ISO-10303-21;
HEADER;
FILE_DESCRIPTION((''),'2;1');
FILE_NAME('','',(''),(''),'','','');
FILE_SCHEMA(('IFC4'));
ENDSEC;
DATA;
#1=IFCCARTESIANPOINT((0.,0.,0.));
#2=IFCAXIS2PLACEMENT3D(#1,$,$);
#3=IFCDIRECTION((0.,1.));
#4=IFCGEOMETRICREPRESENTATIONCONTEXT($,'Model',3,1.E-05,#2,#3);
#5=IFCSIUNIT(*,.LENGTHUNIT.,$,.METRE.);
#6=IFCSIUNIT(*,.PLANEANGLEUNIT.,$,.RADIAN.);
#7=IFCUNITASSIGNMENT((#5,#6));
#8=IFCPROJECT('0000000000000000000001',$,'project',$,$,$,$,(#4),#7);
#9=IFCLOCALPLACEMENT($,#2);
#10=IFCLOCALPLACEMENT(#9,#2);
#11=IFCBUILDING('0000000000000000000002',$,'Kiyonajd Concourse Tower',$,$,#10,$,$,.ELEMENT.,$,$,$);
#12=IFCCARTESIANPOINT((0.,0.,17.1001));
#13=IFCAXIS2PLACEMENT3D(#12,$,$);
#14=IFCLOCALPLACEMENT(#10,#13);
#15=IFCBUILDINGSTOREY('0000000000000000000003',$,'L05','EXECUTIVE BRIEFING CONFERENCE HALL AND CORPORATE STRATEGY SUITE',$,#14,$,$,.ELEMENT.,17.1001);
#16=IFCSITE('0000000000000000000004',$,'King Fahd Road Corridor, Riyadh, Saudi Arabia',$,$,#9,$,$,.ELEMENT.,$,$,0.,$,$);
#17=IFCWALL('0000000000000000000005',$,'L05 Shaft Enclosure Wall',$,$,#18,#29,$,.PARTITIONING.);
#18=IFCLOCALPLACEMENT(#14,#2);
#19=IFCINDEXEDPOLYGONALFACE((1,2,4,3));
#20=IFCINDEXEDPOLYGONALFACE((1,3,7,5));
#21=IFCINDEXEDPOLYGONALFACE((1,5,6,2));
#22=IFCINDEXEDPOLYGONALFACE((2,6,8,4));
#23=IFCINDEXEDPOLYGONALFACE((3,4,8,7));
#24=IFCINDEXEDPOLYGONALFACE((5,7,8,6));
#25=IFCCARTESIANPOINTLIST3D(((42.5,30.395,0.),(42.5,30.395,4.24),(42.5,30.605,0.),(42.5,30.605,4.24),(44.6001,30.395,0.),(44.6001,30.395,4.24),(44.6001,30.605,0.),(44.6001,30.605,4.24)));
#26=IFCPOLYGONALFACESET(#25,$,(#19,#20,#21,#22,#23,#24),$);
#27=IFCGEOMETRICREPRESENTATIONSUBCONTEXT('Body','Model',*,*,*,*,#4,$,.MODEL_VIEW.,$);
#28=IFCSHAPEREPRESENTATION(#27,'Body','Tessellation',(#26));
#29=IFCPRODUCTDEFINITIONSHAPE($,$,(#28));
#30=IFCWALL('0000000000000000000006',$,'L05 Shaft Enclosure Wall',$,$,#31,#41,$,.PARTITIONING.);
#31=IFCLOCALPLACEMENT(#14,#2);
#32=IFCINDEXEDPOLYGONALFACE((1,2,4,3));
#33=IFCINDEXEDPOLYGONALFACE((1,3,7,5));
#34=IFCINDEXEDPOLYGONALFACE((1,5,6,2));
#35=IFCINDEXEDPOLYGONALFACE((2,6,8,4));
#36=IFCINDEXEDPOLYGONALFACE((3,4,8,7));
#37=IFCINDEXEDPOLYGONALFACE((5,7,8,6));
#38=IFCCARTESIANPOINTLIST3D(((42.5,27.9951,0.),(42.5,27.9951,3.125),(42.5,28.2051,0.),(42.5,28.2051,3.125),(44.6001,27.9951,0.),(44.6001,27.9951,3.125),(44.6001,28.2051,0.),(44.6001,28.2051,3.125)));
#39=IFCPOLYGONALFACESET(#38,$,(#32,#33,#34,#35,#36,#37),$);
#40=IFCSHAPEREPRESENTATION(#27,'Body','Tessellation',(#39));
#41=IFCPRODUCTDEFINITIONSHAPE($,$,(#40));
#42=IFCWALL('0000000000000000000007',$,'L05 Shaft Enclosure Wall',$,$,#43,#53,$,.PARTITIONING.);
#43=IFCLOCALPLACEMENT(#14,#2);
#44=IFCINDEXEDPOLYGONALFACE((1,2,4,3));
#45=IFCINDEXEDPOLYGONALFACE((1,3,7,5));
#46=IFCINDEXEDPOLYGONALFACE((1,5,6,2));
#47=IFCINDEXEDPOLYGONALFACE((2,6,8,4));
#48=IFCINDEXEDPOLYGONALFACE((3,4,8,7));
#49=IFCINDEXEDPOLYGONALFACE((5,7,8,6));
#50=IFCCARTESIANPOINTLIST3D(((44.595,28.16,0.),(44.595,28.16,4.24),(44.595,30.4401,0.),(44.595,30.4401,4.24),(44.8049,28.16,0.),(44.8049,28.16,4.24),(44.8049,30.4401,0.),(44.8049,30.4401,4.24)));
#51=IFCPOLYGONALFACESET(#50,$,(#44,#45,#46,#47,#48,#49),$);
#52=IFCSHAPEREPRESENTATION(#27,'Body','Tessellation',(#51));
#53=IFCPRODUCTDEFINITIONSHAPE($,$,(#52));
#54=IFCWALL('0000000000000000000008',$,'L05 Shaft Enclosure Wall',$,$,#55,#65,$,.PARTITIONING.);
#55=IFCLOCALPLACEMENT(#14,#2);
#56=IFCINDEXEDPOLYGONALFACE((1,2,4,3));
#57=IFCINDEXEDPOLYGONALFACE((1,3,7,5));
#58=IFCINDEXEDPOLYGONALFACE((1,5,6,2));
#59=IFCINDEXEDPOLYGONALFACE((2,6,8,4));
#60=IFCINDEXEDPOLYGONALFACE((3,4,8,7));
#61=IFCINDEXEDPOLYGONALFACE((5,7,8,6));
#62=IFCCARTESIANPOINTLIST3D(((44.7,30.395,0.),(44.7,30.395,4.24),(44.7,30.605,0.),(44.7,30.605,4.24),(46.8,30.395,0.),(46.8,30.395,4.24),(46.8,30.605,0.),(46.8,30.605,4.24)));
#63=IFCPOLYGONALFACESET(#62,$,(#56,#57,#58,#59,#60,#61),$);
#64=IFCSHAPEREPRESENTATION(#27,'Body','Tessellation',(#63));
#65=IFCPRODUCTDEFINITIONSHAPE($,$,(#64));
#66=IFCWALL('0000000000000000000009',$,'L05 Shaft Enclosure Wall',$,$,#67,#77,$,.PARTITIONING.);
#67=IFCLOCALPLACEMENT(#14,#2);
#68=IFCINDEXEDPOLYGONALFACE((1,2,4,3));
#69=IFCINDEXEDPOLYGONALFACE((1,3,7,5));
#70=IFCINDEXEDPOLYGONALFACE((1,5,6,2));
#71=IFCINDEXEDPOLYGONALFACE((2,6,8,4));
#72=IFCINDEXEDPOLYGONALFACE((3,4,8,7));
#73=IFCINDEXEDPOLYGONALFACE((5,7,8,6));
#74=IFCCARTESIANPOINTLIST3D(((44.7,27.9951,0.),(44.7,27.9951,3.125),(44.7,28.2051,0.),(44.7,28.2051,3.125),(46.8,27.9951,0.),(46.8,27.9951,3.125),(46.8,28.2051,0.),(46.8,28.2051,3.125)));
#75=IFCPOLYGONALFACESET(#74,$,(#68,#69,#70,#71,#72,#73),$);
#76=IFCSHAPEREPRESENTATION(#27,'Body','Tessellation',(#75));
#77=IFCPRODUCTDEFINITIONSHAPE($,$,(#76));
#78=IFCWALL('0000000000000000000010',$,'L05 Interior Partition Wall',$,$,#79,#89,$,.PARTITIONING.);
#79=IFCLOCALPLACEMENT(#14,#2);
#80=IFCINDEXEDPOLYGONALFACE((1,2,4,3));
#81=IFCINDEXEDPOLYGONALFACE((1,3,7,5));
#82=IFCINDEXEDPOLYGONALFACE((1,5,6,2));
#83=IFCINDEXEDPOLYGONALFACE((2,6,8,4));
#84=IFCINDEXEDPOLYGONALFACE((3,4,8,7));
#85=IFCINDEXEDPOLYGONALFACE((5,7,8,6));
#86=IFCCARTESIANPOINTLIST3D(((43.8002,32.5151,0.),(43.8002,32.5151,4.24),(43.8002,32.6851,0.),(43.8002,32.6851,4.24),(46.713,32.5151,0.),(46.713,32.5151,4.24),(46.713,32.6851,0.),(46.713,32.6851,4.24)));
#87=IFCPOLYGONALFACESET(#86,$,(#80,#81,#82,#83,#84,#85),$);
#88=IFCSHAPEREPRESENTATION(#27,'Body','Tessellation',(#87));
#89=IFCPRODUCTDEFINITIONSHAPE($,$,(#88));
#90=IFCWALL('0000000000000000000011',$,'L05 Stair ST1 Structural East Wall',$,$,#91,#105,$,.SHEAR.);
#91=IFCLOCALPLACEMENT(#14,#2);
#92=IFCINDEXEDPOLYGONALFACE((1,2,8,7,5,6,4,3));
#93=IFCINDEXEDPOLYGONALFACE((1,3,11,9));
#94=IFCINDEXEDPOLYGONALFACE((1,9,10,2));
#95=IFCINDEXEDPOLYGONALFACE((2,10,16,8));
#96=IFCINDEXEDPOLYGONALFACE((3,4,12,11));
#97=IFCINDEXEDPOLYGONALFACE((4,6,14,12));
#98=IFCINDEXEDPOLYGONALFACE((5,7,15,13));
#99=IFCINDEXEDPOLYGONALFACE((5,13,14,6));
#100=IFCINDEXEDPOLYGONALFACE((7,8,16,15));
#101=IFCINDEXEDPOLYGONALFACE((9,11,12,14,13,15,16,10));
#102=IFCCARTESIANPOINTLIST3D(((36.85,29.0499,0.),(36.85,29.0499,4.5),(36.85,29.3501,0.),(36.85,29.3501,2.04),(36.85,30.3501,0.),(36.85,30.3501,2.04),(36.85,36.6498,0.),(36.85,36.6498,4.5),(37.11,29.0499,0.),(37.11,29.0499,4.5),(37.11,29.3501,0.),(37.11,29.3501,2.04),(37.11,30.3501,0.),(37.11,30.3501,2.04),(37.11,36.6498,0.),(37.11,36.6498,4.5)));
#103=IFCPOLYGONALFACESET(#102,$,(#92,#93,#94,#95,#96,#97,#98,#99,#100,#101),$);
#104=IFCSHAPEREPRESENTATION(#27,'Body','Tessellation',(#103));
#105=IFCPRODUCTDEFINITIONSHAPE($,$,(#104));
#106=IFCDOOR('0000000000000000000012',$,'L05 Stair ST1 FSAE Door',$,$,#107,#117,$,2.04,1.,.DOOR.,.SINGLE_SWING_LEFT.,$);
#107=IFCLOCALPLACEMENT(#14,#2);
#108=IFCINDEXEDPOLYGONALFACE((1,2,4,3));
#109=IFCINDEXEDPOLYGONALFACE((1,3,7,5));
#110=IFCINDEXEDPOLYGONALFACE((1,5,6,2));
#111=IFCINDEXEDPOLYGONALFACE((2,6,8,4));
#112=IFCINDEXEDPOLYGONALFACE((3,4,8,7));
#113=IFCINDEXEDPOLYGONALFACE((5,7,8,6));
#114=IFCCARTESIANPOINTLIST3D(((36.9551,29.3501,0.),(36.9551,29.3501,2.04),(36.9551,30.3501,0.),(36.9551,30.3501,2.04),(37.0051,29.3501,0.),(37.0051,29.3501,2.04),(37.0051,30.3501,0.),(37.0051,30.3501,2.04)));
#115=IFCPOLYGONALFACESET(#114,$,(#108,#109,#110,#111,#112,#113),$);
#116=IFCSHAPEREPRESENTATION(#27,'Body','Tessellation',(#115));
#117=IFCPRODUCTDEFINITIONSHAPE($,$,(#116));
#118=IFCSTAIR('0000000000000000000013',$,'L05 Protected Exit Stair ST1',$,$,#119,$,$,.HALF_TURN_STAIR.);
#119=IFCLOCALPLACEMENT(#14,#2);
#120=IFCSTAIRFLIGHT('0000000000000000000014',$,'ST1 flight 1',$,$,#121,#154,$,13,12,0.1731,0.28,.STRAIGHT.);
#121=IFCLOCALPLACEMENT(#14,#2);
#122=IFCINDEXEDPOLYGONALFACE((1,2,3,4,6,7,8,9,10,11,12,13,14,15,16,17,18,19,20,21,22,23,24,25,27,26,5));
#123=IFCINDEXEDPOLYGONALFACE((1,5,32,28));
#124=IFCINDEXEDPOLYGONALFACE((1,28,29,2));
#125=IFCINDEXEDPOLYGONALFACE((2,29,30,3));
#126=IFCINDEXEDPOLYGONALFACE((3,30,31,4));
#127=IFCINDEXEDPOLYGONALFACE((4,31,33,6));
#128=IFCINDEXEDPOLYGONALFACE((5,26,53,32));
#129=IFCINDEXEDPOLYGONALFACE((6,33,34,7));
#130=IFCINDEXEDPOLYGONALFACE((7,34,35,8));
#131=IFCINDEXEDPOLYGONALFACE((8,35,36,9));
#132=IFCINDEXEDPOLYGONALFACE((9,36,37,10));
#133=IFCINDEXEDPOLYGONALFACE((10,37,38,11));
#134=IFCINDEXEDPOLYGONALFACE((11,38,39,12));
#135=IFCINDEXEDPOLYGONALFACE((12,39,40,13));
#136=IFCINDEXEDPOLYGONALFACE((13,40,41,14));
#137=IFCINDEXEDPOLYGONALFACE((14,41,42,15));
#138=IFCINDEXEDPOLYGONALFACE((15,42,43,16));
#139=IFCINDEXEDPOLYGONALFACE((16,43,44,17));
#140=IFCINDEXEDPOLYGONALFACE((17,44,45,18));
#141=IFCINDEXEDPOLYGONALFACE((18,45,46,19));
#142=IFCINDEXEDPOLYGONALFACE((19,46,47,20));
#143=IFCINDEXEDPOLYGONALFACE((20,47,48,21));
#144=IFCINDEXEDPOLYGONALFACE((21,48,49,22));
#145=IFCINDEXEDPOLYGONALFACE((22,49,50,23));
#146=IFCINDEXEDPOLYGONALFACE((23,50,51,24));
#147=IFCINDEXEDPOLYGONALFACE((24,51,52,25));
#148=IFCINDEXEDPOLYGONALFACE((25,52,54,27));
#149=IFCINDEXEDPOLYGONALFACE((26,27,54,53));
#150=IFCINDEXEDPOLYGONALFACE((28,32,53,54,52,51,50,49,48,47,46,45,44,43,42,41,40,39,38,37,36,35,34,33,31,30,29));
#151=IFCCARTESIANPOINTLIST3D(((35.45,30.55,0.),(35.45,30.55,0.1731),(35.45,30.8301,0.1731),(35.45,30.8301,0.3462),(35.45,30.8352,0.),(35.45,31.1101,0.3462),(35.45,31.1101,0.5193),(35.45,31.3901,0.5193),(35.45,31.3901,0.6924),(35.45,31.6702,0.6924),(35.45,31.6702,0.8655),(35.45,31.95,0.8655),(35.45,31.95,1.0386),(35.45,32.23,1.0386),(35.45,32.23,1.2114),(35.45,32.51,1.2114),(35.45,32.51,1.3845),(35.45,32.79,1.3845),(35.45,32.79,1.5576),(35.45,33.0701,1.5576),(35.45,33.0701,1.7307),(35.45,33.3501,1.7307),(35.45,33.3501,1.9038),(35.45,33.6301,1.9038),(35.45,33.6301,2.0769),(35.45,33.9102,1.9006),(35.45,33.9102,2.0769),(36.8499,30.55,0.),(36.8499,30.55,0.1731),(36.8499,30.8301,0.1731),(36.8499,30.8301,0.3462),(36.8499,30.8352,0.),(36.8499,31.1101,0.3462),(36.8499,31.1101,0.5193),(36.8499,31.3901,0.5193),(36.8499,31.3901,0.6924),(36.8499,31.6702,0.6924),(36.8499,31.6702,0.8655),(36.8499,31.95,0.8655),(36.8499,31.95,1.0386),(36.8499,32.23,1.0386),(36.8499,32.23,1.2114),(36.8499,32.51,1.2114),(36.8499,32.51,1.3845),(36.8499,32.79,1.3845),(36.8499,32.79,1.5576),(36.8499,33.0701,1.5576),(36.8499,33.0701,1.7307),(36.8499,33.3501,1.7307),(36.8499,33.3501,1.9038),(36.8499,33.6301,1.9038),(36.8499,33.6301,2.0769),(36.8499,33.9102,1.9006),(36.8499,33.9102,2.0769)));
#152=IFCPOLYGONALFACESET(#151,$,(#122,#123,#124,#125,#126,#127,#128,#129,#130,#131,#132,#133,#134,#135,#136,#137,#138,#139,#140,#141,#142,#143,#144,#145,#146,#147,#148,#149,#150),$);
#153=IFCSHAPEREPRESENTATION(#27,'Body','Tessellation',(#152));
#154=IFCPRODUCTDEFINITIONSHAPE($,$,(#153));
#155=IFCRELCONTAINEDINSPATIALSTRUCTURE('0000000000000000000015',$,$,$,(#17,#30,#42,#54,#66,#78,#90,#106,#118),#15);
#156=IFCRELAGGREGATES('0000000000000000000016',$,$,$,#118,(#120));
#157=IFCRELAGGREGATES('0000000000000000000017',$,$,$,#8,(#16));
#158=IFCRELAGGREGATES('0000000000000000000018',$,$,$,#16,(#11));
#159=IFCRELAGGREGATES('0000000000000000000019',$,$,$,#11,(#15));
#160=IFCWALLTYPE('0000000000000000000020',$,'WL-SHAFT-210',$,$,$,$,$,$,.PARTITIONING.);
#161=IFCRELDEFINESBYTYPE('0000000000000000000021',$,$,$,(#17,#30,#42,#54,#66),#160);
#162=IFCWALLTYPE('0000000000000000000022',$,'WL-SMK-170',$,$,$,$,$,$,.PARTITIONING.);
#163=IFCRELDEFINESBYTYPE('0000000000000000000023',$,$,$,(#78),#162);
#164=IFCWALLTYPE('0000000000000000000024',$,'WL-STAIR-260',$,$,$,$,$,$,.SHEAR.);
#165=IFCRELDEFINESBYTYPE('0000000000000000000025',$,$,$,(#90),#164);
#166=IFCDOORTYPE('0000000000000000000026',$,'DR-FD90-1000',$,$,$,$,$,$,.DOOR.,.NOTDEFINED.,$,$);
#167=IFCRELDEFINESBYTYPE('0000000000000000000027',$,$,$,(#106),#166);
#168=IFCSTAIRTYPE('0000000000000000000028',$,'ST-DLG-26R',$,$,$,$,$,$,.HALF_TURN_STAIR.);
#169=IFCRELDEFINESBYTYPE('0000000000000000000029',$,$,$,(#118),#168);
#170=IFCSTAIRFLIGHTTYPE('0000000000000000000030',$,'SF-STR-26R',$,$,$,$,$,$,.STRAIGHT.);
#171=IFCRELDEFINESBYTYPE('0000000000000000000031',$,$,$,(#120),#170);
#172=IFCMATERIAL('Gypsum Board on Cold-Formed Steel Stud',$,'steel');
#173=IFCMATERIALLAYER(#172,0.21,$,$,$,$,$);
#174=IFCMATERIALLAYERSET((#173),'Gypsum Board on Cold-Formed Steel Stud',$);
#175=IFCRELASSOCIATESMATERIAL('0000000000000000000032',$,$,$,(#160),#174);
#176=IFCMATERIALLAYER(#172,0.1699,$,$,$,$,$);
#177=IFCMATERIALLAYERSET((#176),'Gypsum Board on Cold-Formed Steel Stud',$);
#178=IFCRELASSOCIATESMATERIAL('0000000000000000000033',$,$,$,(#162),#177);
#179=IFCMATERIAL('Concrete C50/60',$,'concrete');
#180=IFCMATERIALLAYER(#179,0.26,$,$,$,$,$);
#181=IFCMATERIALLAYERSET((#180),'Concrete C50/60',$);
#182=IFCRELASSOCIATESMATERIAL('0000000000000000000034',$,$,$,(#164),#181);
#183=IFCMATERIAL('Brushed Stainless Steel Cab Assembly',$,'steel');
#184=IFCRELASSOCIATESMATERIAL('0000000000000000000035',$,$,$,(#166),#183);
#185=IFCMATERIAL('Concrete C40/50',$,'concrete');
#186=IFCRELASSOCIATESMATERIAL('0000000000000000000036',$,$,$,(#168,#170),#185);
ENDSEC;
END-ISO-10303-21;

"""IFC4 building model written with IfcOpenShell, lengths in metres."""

from ifc_helpers import new_model, si_unit, direction, frame, frame_2d, origin, place, context, subcontext, project, spatial, polyline, rectangle, outline, extrude, material, layer, layer_set, type_object, element, fill, aggregate, save


model = new_model("IFC4")

# Units and contexts
model_context = context("Model", 3, precision=1e-05, world=origin(), true_north=direction((0.0, 1.0)))
body_context = subcontext(model_context, "Body", "Model", "MODEL_VIEW")
ifc_project = project(units=[si_unit("LENGTHUNIT", "METRE"), si_unit("PLANEANGLEUNIT", "RADIAN")], contexts=[model_context])

# Site, building, storey
site_placement = place(None, origin())
site = spatial("IfcSite", under=ifc_project, at=site_placement, Name="King Fahd Road Corridor, Riyadh, Saudi Arabia", CompositionType="ELEMENT", RefElevation=0.0)
building_placement = place(site_placement, origin())
building = spatial("IfcBuilding", under=site, at=building_placement, Name="Kiyonajd Concourse Tower", CompositionType="ELEMENT")
storey_placement = place(building_placement, frame((0.0, 0.0, 17.1001)))
storey = spatial("IfcBuildingStorey", under=building, at=storey_placement, Name="L05", Description="EXECUTIVE BRIEFING CONFERENCE HALL AND CORPORATE STRATEGY SUITE", CompositionType="ELEMENT", Elevation=17.1001)

# Shared definitions
ifc_material_1 = material(Name="Gypsum Board on Cold-Formed Steel Stud", Category="steel")
ifc_layer_1 = layer(ifc_material_1, 0.21)
ifc_layer_set_1 = layer_set([ifc_layer_1], Name="Gypsum Board on Cold-Formed Steel Stud")
wall_type_1 = type_object("IfcWallType", Name="WL-SHAFT-210", PredefinedType="PARTITIONING", material=ifc_layer_set_1)
ifc_material_2 = material(Name="Brushed Stainless Steel Cab Assembly", Category="steel")

# Walls
wall_1_placement = place(storey_placement, frame((42.5, 30.5, 0.0), z_axis=(0.0, 0.0, 1.0), x_axis=(1.0, 0.0, 0.0)))
element("IfcWall", 1, at=wall_1_placement, inside=storey, type_object=wall_type_1, Name="L05 Shaft Enclosure Wall", PredefinedType="PARTITIONING", context=body_context, shape_type="SweptSolid", body=[
    extrude(rectangle(XDim=2.1001, YDim=0.21, at=frame_2d((1.05, 0.0))), origin(), (0.0, 0.0, 1.0), 4.24),
])
wall_2_placement = place(storey_placement, frame((42.5, 28.1001, 0.0), z_axis=(0.0, 0.0, 1.0), x_axis=(1.0, 0.0, 0.0)))
element("IfcWall", 2, at=wall_2_placement, inside=storey, type_object=wall_type_1, Name="L05 Shaft Enclosure Wall", PredefinedType="PARTITIONING", context=body_context, shape_type="SweptSolid", body=[
    extrude(rectangle(XDim=2.1001, YDim=0.21, at=frame_2d((1.05, 0.0))), origin(), (0.0, 0.0, 1.0), 3.125),
])
wall_3_placement = place(storey_placement, frame((44.7, 28.1599, 0.0), z_axis=(0.0, 0.0, 1.0), x_axis=(0.0, 1.0, 0.0)))
element("IfcWall", 3, at=wall_3_placement, inside=storey, type_object=wall_type_1, Name="L05 Shaft Enclosure Wall", PredefinedType="PARTITIONING", context=body_context, shape_type="SweptSolid", body=[
    extrude(rectangle(XDim=2.28, YDim=0.21, at=frame_2d((1.1401, 0.0))), origin(), (0.0, 0.0, 1.0), 4.24),
])
wall_4_placement = place(storey_placement, frame((44.7, 30.5, 0.0), z_axis=(0.0, 0.0, 1.0), x_axis=(1.0, 0.0, 0.0)))
element("IfcWall", 4, at=wall_4_placement, inside=storey, type_object=wall_type_1, Name="L05 Shaft Enclosure Wall", PredefinedType="PARTITIONING", context=body_context, shape_type="SweptSolid", body=[
    extrude(rectangle(XDim=2.1001, YDim=0.21, at=frame_2d((1.05, 0.0))), origin(), (0.0, 0.0, 1.0), 4.24),
])
wall_5_placement = place(storey_placement, frame((44.7, 28.1001, 0.0), z_axis=(0.0, 0.0, 1.0), x_axis=(1.0, 0.0, 0.0)))
element("IfcWall", 5, at=wall_5_placement, inside=storey, type_object=wall_type_1, Name="L05 Shaft Enclosure Wall", PredefinedType="PARTITIONING", context=body_context, shape_type="SweptSolid", body=[
    extrude(rectangle(XDim=2.1001, YDim=0.21, at=frame_2d((1.05, 0.0))), origin(), (0.0, 0.0, 1.0), 3.125),
])
ifc_layer_2 = layer(ifc_material_1, 0.1699)
ifc_layer_set_2 = layer_set([ifc_layer_2], Name="Gypsum Board on Cold-Formed Steel Stud")
wall_type_2 = type_object("IfcWallType", Name="WL-SMK-170", PredefinedType="PARTITIONING", material=ifc_layer_set_2)
wall_6_placement = place(storey_placement, frame((43.8, 32.6001, 0.0), z_axis=(0.0, 0.0, 1.0), x_axis=(1.0, 0.0, 0.0)))
element("IfcWall", 6, at=wall_6_placement, inside=storey, type_object=wall_type_2, Name="L05 Interior Partition Wall", PredefinedType="PARTITIONING", context=body_context, shape_type="SweptSolid", body=[
    extrude(rectangle(XDim=2.9128, YDim=0.1699, at=frame_2d((1.4565, 0.0))), origin(), (0.0, 0.0, 1.0), 4.24),
])

# Wall, opening, door
ifc_material_3 = material(Name="Concrete C50/60", Category="concrete")
ifc_layer_3 = layer(ifc_material_3, 0.26)
ifc_layer_set_3 = layer_set([ifc_layer_3], Name="Concrete C50/60")
wall_type_3 = type_object("IfcWallType", Name="WL-STAIR-260", PredefinedType="SHEAR", material=ifc_layer_set_3)
wall_7_placement = place(storey_placement, frame((36.98, 29.05, 0.0), z_axis=(0.0, 0.0, 1.0), x_axis=(0.0, 1.0, 0.0)))
wall_7 = element("IfcWall", 7, at=wall_7_placement, inside=storey, type_object=wall_type_3, Name="L05 Stair ST1 Structural East Wall", PredefinedType="SHEAR", context=body_context, shape_type="SweptSolid", body=[
    extrude(rectangle(XDim=7.5999, YDim=0.26, at=frame_2d((3.7998, 0.0))), origin(), (0.0, 0.0, 1.0), 4.5),
])
opening_1_placement = place(wall_7_placement, frame((0.3, 0.0, 0.0)))
opening_1 = element("IfcOpeningElement", 8, at=opening_1_placement, cuts=wall_7, PredefinedType="OPENING", context=body_context, shape_type="SweptSolid", body=[
    extrude(rectangle(XDim=1.0, YDim=2.04, at=frame_2d((0.5, 1.02))), frame((0.0, 0.1399, 0.0), z_axis=(0.0, -1.0, 0.0), x_axis=(1.0, 0.0, 0.0)), (0.0, 0.0, 1.0), 0.28),
])
door_type_1 = type_object("IfcDoorType", Name="DR-FD90-1000", OperationType="NOTDEFINED", PredefinedType="DOOR", material=ifc_material_2)
door_1_placement = place(opening_1_placement, origin())
door_1 = element("IfcDoor", 9, at=door_1_placement, inside=storey, type_object=door_type_1, Name="L05 Stair ST1 FSAE Door", OperationType="SINGLE_SWING_LEFT", OverallHeight=2.04, OverallWidth=1.0, PredefinedType="DOOR", context=body_context, shape_type="SweptSolid", body=[
    extrude(rectangle(XDim=1.0, YDim=2.04, at=frame_2d((0.5, 1.02))), frame((0.0, 0.0249, 0.0), z_axis=(0.0, -1.0, 0.0), x_axis=(1.0, 0.0, 0.0)), (0.0, 0.0, 1.0), 0.05),
])
fill(opening_1, door_1)

# Stair, stair flight
ifc_material_4 = material(Name="Concrete C40/50", Category="concrete")
stair_type = type_object("IfcStairType", Name="ST-DLG-26R", PredefinedType="HALF_TURN_STAIR", material=ifc_material_4)
stair_placement = place(storey_placement, origin())
stair = element("IfcStair", 10, at=stair_placement, inside=storey, type_object=stair_type, Name="L05 Protected Exit Stair ST1", PredefinedType="HALF_TURN_STAIR")
stair_flight_type = type_object("IfcStairFlightType", Name="SF-STR-26R", PredefinedType="STRAIGHT", material=ifc_material_4)
stair_flight_placement = place(storey_placement, frame((36.1499, 30.55, 0.0), z_axis=(0.0, 0.0, 1.0), x_axis=(0.0, 1.0, 0.0)))
stair_flight = element("IfcStairFlight", 11, at=stair_flight_placement, type_object=stair_flight_type, Name="ST1 flight 1", NumberOfRisers=13, NumberOfTreads=12, PredefinedType="STRAIGHT", RiserHeight=0.1731, TreadLength=0.28, context=body_context, shape_type="SweptSolid", body=[
    extrude(outline(polyline([(0.0, 0.0), (0.0, 0.1731), (0.28, 0.1731), (0.28, 0.3462), (0.5601, 0.3462), (0.5601, 0.5193), (0.8401, 0.5193), (0.8401, 0.6924), (1.1201, 0.6924), (1.1201, 0.8655), (1.3999, 0.8655), (1.3999, 1.0386), (1.6799, 1.0386), (1.6799, 1.2114), (1.96, 1.2114), (1.96, 1.3845), (2.24, 1.3845), (2.24, 1.5576), (2.52, 1.5576), (2.52, 1.7307), (2.8, 1.7307), (2.8, 1.9038), (3.0801, 1.9038), (3.0801, 2.0769), (3.3601, 2.0769), (3.3601, 2.25), (3.3601, 1.9006), (0.2852, 0.0), (0.0, 0.0)])), frame((0.0, 0.7, 0.0), z_axis=(0.0, -1.0, 0.0), x_axis=(1.0, 0.0, 0.0)), (0.0, 0.0, 1.0), 1.3999),
])
aggregate(stair, [stair_flight])

save(model, "model.ifc")
